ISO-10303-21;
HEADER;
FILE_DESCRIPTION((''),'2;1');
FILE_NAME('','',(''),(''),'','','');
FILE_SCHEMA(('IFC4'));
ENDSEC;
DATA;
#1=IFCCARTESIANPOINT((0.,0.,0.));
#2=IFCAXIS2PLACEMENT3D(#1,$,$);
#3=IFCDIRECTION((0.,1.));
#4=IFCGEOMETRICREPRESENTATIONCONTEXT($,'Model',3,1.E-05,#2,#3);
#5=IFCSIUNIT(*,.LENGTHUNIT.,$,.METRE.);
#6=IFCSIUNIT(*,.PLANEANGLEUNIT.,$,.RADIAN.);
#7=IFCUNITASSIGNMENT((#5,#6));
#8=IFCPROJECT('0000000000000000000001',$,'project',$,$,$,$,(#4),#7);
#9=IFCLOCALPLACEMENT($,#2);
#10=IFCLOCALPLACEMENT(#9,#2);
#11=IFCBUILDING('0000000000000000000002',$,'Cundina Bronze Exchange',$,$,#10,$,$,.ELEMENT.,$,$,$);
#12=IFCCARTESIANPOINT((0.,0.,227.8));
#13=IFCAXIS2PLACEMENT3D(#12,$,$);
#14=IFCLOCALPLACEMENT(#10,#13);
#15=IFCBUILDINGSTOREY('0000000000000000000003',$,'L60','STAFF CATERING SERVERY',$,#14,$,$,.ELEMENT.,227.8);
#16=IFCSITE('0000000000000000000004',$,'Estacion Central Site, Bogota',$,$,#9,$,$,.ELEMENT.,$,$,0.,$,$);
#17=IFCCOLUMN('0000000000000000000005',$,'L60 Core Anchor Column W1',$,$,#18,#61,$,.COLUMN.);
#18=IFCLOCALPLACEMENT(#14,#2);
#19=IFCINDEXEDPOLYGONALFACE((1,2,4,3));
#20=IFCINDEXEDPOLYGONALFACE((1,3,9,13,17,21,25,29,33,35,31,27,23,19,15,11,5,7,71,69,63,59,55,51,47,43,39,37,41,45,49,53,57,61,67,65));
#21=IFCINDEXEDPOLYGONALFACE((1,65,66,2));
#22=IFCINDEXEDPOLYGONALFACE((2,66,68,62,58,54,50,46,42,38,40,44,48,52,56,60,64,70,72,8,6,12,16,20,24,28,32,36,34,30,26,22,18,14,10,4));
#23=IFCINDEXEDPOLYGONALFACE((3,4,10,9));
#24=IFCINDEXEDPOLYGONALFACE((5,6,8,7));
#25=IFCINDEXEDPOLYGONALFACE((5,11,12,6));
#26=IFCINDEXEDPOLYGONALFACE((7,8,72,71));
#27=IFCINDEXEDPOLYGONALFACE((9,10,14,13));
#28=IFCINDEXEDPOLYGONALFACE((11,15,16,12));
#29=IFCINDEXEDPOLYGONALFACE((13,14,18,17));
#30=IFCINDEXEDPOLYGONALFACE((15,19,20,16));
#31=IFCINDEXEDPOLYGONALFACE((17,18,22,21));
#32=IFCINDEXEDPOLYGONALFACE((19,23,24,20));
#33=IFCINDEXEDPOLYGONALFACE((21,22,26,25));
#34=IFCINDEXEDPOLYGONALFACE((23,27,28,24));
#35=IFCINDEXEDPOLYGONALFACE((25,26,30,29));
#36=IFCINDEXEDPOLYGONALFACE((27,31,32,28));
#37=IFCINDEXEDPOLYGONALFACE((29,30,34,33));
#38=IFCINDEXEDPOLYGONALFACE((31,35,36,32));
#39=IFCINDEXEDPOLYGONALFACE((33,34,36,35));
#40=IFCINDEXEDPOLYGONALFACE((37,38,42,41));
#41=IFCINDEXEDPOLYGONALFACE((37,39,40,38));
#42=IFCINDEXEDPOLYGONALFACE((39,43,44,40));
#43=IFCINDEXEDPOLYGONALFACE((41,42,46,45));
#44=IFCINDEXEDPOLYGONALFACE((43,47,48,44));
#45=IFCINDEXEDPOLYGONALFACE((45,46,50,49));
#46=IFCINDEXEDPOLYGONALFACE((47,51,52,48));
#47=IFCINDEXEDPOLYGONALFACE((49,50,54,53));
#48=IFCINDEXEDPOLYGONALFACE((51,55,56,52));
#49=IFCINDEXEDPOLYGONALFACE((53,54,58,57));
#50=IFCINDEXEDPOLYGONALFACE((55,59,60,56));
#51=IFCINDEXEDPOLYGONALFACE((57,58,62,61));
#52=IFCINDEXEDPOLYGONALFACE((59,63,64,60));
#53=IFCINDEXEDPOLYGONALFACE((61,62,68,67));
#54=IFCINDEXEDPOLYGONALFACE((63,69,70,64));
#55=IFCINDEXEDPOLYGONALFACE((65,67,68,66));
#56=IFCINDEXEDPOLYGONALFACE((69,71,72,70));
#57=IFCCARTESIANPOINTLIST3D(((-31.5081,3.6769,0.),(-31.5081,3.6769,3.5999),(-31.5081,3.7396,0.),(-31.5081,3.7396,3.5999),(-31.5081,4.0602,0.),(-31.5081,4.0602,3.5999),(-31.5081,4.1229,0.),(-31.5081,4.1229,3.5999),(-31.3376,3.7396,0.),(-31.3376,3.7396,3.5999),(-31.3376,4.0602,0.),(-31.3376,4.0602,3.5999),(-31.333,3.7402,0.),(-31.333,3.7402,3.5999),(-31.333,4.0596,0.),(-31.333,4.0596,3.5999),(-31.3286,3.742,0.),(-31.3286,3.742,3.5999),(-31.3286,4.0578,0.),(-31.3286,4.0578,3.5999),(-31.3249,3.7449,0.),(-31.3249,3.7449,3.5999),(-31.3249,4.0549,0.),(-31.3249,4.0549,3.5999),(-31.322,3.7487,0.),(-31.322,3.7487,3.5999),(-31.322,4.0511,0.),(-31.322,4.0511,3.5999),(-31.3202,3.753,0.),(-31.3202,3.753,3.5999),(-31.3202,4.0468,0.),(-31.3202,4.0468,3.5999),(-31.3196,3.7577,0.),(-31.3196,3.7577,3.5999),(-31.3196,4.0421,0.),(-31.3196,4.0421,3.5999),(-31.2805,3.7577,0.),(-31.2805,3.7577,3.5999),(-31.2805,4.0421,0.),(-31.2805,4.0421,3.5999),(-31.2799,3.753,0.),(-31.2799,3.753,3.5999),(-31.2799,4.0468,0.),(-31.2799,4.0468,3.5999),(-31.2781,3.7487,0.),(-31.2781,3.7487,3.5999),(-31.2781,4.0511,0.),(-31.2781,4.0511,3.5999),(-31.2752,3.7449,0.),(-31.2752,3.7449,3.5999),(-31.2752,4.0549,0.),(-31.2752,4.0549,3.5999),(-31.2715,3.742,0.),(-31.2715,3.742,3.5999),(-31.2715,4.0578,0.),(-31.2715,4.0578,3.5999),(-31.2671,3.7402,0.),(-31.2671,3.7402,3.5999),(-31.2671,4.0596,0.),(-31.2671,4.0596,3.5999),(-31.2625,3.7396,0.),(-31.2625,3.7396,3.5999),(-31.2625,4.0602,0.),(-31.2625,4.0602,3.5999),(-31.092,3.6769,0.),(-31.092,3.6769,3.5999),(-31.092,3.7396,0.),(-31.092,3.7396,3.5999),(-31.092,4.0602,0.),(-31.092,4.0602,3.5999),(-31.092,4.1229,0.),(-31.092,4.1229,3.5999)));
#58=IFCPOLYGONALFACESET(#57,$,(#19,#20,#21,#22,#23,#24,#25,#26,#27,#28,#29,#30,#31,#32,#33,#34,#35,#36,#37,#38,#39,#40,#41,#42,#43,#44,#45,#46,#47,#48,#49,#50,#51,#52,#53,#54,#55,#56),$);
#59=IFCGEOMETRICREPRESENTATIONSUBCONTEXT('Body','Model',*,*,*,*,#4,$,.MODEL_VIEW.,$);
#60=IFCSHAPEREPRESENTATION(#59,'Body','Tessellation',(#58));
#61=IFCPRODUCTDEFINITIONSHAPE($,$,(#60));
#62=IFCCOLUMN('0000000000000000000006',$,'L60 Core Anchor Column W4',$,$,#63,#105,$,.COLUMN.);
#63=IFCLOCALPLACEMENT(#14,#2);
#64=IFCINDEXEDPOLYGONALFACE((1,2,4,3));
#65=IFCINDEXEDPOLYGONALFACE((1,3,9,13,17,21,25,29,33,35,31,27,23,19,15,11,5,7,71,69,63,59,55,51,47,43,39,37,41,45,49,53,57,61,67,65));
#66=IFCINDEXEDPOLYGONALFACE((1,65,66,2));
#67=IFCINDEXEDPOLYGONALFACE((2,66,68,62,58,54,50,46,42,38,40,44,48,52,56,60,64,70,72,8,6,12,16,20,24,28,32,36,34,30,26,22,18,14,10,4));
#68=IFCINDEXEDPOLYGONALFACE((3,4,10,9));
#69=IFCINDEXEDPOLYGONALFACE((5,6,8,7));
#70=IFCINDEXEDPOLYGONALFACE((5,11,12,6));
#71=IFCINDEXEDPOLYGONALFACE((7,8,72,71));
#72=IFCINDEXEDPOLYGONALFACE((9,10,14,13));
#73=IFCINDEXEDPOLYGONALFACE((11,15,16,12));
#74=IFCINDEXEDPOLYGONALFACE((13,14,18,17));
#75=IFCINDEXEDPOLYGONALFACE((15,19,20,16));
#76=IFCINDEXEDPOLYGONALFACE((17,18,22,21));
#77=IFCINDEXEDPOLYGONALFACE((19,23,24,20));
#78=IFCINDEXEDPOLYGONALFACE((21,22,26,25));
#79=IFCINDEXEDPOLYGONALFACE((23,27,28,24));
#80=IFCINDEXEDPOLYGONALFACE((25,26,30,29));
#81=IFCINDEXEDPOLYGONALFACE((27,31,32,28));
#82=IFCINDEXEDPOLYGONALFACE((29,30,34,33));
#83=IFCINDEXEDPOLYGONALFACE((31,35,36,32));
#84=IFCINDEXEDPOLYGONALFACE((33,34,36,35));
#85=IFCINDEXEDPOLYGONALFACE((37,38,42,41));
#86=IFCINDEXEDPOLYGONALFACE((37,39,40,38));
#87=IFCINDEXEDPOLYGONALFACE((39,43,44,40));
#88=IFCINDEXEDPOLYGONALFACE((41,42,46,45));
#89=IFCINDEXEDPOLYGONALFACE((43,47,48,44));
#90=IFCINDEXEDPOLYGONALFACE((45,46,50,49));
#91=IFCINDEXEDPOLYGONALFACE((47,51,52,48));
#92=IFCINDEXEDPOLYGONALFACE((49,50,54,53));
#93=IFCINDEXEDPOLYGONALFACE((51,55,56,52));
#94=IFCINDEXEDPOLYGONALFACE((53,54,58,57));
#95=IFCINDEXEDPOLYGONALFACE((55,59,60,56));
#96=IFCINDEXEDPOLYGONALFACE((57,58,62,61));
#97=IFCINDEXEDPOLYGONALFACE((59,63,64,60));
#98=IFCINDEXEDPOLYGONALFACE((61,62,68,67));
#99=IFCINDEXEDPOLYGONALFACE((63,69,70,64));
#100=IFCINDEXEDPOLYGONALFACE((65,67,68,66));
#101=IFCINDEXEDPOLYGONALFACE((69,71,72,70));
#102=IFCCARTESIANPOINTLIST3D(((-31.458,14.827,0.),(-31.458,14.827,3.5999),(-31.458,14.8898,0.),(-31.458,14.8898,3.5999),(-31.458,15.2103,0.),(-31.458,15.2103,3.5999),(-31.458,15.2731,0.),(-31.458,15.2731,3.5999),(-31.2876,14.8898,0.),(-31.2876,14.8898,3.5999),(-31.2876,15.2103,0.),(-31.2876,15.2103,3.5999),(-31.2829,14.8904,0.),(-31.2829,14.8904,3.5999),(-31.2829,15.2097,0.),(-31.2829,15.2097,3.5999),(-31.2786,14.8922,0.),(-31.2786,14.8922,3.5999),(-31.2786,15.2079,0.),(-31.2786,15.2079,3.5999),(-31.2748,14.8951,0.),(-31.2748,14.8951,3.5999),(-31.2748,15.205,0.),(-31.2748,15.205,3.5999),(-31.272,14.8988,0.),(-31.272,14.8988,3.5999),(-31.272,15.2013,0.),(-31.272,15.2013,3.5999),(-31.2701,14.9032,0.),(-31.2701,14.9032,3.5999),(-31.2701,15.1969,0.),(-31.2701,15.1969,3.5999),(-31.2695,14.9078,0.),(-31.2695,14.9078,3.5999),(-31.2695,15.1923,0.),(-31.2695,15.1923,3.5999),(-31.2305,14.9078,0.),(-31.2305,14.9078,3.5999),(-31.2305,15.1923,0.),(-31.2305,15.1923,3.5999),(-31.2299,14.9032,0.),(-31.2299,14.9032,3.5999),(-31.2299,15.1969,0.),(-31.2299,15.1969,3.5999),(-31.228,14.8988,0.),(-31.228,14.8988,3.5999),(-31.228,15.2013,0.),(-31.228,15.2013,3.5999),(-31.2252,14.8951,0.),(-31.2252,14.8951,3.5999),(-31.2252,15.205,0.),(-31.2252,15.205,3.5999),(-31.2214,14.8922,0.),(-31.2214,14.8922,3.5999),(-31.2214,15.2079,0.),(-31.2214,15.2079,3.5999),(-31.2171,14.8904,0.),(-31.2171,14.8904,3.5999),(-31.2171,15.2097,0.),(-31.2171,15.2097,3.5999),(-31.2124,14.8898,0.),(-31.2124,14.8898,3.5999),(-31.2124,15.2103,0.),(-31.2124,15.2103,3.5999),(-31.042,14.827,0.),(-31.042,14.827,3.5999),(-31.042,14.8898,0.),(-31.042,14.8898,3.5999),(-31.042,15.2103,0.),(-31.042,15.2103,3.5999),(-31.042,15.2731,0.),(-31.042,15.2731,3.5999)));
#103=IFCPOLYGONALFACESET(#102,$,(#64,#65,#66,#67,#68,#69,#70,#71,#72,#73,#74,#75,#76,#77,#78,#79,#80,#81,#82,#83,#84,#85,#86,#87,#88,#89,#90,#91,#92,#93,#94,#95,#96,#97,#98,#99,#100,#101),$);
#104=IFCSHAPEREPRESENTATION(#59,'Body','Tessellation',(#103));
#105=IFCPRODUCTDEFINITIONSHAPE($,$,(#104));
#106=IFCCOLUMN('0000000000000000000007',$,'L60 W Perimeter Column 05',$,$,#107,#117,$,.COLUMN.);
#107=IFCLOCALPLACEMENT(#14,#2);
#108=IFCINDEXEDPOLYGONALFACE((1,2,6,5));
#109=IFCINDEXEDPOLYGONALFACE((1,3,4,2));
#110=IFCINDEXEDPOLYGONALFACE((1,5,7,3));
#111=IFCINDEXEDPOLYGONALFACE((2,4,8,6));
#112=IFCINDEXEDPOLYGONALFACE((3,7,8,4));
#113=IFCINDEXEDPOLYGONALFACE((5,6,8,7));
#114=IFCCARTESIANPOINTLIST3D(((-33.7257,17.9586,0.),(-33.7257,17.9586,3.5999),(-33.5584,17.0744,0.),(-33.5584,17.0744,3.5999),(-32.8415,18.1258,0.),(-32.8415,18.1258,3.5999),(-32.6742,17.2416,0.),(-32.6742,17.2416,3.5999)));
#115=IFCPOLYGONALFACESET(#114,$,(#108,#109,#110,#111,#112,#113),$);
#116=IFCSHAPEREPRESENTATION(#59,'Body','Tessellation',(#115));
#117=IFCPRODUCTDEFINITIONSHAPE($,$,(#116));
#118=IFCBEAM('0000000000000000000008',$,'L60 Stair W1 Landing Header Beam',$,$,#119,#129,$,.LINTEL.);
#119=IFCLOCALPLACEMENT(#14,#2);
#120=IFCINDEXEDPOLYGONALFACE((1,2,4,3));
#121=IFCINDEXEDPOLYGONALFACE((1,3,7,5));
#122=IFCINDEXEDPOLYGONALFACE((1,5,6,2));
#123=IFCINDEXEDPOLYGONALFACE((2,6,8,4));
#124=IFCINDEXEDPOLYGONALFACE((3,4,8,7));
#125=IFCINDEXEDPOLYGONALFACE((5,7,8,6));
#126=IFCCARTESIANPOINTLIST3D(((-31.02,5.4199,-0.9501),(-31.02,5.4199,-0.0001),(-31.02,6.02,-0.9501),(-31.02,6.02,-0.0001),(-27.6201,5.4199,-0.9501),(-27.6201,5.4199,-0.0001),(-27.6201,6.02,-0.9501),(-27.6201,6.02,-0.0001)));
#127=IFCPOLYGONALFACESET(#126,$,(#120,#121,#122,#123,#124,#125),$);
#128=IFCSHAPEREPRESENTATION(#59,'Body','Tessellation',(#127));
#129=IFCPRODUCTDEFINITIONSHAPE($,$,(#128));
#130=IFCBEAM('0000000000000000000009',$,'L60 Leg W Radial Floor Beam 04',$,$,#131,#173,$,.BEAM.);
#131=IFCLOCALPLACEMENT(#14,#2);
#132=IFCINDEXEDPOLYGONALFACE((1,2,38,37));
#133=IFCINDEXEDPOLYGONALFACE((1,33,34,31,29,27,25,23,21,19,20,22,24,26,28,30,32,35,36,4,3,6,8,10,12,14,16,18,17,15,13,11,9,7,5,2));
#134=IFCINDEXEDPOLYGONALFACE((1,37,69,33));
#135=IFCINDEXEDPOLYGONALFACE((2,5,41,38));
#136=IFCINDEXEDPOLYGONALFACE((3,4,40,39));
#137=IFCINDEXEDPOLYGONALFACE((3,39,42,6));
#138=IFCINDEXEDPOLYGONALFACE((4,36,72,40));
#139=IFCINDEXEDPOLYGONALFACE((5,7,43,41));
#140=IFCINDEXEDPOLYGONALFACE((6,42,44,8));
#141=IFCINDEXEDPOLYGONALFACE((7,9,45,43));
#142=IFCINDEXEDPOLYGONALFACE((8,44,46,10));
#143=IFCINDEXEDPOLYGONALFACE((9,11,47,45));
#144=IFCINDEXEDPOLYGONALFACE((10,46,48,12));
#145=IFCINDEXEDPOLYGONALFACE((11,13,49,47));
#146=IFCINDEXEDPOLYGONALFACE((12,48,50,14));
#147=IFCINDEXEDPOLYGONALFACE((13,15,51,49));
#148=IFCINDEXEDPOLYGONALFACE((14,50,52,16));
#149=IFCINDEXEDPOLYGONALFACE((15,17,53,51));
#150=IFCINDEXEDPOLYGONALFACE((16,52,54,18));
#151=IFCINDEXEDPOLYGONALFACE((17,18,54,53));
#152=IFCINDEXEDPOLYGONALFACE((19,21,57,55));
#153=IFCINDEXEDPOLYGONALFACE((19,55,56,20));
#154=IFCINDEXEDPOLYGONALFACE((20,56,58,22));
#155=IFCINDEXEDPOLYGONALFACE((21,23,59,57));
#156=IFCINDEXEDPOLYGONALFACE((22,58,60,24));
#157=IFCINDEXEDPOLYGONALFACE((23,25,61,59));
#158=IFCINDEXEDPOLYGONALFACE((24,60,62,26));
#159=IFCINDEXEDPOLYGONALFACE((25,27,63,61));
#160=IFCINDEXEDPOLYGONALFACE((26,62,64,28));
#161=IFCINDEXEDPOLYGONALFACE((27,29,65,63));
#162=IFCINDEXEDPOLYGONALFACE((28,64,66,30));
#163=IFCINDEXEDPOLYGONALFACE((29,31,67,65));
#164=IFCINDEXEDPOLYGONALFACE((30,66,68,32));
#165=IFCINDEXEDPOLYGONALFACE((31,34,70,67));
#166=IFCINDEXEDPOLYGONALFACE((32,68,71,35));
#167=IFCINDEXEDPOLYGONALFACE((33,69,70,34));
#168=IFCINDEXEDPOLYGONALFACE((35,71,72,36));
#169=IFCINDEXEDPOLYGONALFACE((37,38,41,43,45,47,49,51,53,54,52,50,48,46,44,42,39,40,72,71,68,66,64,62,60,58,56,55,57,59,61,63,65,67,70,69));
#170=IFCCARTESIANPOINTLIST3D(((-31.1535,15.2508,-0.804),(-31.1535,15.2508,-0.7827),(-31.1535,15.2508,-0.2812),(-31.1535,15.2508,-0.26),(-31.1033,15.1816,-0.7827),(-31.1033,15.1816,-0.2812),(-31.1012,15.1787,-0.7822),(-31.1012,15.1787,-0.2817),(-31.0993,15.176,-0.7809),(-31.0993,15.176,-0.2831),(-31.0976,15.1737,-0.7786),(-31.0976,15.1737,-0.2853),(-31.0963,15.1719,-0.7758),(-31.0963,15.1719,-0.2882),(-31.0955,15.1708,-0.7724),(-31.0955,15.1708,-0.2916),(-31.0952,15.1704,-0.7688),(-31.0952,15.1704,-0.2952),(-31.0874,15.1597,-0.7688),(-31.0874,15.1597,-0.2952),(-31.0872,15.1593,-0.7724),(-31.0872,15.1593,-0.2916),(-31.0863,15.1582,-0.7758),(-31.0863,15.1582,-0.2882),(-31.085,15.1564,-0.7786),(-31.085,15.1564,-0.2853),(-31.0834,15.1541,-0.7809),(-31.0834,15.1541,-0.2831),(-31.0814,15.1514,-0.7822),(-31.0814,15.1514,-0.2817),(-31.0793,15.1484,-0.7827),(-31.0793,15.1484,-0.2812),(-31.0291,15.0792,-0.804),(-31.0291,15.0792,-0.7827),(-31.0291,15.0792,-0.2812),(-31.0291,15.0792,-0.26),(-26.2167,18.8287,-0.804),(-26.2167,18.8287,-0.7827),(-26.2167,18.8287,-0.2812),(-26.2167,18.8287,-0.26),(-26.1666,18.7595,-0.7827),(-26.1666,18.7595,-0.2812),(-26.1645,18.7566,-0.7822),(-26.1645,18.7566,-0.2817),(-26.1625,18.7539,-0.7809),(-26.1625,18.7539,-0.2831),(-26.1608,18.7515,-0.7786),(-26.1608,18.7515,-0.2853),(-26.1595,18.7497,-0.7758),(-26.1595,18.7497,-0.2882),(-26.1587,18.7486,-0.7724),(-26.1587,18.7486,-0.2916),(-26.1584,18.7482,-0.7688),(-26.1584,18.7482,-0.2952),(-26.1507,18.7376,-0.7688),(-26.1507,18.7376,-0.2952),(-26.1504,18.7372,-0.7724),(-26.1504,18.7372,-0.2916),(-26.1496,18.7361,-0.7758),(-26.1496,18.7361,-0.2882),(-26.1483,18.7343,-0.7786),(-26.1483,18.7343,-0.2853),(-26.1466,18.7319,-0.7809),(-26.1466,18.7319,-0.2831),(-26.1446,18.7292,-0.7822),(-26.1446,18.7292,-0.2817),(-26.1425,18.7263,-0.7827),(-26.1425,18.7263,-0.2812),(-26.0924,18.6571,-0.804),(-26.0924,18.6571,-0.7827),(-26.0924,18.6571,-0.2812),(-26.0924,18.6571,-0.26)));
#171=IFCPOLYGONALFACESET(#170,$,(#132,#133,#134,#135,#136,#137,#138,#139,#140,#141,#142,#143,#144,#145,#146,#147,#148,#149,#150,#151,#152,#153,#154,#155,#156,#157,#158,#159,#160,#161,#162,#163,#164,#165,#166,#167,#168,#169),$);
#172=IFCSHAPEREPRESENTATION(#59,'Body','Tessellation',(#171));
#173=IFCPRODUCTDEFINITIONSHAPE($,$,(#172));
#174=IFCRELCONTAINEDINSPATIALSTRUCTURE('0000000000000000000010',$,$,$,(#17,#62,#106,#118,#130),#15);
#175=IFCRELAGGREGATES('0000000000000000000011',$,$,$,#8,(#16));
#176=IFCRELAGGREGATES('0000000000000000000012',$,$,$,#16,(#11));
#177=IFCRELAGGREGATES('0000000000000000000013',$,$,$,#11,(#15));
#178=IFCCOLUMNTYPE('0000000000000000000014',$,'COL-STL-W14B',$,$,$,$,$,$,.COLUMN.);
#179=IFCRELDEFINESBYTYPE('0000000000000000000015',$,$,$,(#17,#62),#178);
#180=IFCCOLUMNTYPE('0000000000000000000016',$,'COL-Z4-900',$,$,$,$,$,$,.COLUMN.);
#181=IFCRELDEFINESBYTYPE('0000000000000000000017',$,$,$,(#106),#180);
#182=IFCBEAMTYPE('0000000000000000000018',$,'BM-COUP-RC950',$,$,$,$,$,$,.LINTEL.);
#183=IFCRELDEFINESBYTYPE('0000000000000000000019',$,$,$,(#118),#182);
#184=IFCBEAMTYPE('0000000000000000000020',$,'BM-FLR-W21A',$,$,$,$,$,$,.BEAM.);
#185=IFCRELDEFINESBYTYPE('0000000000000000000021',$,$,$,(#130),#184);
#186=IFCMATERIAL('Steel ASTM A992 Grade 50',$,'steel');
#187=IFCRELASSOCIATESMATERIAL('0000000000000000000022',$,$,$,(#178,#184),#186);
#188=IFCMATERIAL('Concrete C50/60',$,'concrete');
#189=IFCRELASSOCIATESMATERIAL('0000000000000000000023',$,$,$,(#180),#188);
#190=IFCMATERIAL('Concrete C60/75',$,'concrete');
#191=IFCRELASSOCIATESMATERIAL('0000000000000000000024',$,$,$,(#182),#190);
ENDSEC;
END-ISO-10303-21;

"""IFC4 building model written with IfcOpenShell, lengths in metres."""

from ifc_helpers import new_model, si_unit, direction, frame, origin, origin_2d, place, context, subcontext, project, spatial, rectangle, i_section, extrude, material, material_profile, profile_set, type_object, element, save


model = new_model("IFC4")

# Units and contexts
model_context = context("Model", 3, precision=1e-05, world=origin(), true_north=direction((0.0, 1.0)))
body_context = subcontext(model_context, "Body", "Model", "MODEL_VIEW")
ifc_project = project(units=[si_unit("LENGTHUNIT", "METRE"), si_unit("PLANEANGLEUNIT", "RADIAN")], contexts=[model_context])

# Site, building, storey
site_placement = place(None, origin())
site = spatial("IfcSite", under=ifc_project, at=site_placement, Name="Estacion Central Site, Bogota", CompositionType="ELEMENT", RefElevation=0.0)
building_placement = place(site_placement, origin())
building = spatial("IfcBuilding", under=site, at=building_placement, Name="Cundina Bronze Exchange", CompositionType="ELEMENT")
storey_placement = place(building_placement, frame((0.0, 0.0, 227.8)))
storey = spatial("IfcBuildingStorey", under=building, at=storey_placement, Name="L60", Description="STAFF CATERING SERVERY", CompositionType="ELEMENT", Elevation=227.8)

# Columns
ifc_material_1 = material(Name="Steel ASTM A992 Grade 50", Category="steel")
ifc_material_profile_1 = material_profile(ifc_material_1, i_section(OverallWidth=0.416, OverallDepth=0.446, WebThickness=0.0391, FlangeThickness=0.0627, FilletRadius=0.0181, at=origin_2d()), Name="W14X342", Category="steel")
ifc_profile_set_1 = profile_set([ifc_material_profile_1], Name="Steel ASTM A992 Grade 50")
column_type_1 = type_object("IfcColumnType", Name="COL-STL-W14B", PredefinedType="COLUMN", material=ifc_profile_set_1)
for number, where, z_axis, x_axis, name in (
    (1, (-31.3, 3.8999, 0.0), (0.0, 0.0, 1.0), (1.0, 0.0, 0.0), "L60 Core Anchor Column W1"),
    (2, (-31.25, 15.05, 0.0), (0.0, 0.0, 1.0), (1.0, 0.0, 0.0), "L60 Core Anchor Column W4"),
):
    element("IfcColumn", number, at=place(storey_placement, frame(where, z_axis=z_axis, x_axis=x_axis)), inside=storey, type_object=column_type_1, Name=name, PredefinedType="COLUMN", context=body_context, shape_type="SweptSolid", body=[
        extrude(i_section(OverallWidth=0.416, OverallDepth=0.446, WebThickness=0.0391, FlangeThickness=0.0627, FilletRadius=0.0181, at=origin_2d()), origin(), (0.0, 0.0, 1.0), 3.5999),
    ])
ifc_material_2 = material(Name="Concrete C50/60", Category="concrete")
ifc_material_profile_2 = material_profile(ifc_material_2, rectangle(XDim=0.8999, YDim=0.8999, at=origin_2d()), Name="RC900X900", Category="concrete")
ifc_profile_set_2 = profile_set([ifc_material_profile_2], Name="Concrete C50/60")
column_type_2 = type_object("IfcColumnType", Name="COL-Z4-900", PredefinedType="COLUMN", material=ifc_profile_set_2)
column_placement = place(storey_placement, frame((-33.2, 17.6001, 0.0), z_axis=(0.0, 0.0, 1.0), x_axis=(-0.98258, -0.185838, 0.0)))
element("IfcColumn", 3, at=column_placement, inside=storey, type_object=column_type_2, Name="L60 W Perimeter Column 05", PredefinedType="COLUMN", context=body_context, shape_type="SweptSolid", body=[
    extrude(rectangle(XDim=0.8999, YDim=0.8999, at=origin_2d()), origin(), (0.0, 0.0, 1.0), 3.5999),
])

# Beams
ifc_material_3 = material(Name="Concrete C60/75", Category="concrete")
ifc_material_profile_3 = material_profile(ifc_material_3, rectangle(XDim=0.6001, YDim=0.95, at=origin_2d()), Name="RC600X950", Category="concrete")
ifc_profile_set_3 = profile_set([ifc_material_profile_3], Name="Concrete C60/75")
beam_type_1 = type_object("IfcBeamType", Name="BM-COUP-RC950", PredefinedType="LINTEL", material=ifc_profile_set_3)
beam_1_placement = place(storey_placement, frame((-31.02, 5.72, -0.4751), z_axis=(1.0, 0.0, 0.0), x_axis=(0.0, 1.0, 0.0)))
element("IfcBeam", 4, at=beam_1_placement, inside=storey, type_object=beam_type_1, Name="L60 Stair W1 Landing Header Beam", PredefinedType="LINTEL", context=body_context, shape_type="SweptSolid", body=[
    extrude(rectangle(XDim=0.6001, YDim=0.95, at=origin_2d()), origin(), (0.0, 0.0, 1.0), 3.3999),
])
ifc_material_profile_4 = material_profile(ifc_material_1, i_section(OverallWidth=0.2119, OverallDepth=0.5439, WebThickness=0.0132, FlangeThickness=0.0212, FilletRadius=0.0139, at=origin_2d()), Name="W21X83", Category="steel")
ifc_profile_set_4 = profile_set([ifc_material_profile_4], Name="Steel ASTM A992 Grade 50")
beam_type_2 = type_object("IfcBeamType", Name="BM-FLR-W21A", PredefinedType="BEAM", material=ifc_profile_set_4)
beam_2_placement = place(storey_placement, frame((-31.0913, 15.165, -0.532), z_axis=(0.80971, 0.58683, 0.0), x_axis=(-0.58683, 0.80971, 0.0)))
element("IfcBeam", 5, at=beam_2_placement, inside=storey, type_object=beam_type_2, Name="L60 Leg W Radial Floor Beam 04", PredefinedType="BEAM", context=body_context, shape_type="SweptSolid", body=[
    extrude(i_section(OverallWidth=0.2119, OverallDepth=0.5439, WebThickness=0.0132, FlangeThickness=0.0212, FilletRadius=0.0139, at=origin_2d()), origin(), (0.0, 0.0, 1.0), 6.0969),
])

save(model, "model.ifc")
